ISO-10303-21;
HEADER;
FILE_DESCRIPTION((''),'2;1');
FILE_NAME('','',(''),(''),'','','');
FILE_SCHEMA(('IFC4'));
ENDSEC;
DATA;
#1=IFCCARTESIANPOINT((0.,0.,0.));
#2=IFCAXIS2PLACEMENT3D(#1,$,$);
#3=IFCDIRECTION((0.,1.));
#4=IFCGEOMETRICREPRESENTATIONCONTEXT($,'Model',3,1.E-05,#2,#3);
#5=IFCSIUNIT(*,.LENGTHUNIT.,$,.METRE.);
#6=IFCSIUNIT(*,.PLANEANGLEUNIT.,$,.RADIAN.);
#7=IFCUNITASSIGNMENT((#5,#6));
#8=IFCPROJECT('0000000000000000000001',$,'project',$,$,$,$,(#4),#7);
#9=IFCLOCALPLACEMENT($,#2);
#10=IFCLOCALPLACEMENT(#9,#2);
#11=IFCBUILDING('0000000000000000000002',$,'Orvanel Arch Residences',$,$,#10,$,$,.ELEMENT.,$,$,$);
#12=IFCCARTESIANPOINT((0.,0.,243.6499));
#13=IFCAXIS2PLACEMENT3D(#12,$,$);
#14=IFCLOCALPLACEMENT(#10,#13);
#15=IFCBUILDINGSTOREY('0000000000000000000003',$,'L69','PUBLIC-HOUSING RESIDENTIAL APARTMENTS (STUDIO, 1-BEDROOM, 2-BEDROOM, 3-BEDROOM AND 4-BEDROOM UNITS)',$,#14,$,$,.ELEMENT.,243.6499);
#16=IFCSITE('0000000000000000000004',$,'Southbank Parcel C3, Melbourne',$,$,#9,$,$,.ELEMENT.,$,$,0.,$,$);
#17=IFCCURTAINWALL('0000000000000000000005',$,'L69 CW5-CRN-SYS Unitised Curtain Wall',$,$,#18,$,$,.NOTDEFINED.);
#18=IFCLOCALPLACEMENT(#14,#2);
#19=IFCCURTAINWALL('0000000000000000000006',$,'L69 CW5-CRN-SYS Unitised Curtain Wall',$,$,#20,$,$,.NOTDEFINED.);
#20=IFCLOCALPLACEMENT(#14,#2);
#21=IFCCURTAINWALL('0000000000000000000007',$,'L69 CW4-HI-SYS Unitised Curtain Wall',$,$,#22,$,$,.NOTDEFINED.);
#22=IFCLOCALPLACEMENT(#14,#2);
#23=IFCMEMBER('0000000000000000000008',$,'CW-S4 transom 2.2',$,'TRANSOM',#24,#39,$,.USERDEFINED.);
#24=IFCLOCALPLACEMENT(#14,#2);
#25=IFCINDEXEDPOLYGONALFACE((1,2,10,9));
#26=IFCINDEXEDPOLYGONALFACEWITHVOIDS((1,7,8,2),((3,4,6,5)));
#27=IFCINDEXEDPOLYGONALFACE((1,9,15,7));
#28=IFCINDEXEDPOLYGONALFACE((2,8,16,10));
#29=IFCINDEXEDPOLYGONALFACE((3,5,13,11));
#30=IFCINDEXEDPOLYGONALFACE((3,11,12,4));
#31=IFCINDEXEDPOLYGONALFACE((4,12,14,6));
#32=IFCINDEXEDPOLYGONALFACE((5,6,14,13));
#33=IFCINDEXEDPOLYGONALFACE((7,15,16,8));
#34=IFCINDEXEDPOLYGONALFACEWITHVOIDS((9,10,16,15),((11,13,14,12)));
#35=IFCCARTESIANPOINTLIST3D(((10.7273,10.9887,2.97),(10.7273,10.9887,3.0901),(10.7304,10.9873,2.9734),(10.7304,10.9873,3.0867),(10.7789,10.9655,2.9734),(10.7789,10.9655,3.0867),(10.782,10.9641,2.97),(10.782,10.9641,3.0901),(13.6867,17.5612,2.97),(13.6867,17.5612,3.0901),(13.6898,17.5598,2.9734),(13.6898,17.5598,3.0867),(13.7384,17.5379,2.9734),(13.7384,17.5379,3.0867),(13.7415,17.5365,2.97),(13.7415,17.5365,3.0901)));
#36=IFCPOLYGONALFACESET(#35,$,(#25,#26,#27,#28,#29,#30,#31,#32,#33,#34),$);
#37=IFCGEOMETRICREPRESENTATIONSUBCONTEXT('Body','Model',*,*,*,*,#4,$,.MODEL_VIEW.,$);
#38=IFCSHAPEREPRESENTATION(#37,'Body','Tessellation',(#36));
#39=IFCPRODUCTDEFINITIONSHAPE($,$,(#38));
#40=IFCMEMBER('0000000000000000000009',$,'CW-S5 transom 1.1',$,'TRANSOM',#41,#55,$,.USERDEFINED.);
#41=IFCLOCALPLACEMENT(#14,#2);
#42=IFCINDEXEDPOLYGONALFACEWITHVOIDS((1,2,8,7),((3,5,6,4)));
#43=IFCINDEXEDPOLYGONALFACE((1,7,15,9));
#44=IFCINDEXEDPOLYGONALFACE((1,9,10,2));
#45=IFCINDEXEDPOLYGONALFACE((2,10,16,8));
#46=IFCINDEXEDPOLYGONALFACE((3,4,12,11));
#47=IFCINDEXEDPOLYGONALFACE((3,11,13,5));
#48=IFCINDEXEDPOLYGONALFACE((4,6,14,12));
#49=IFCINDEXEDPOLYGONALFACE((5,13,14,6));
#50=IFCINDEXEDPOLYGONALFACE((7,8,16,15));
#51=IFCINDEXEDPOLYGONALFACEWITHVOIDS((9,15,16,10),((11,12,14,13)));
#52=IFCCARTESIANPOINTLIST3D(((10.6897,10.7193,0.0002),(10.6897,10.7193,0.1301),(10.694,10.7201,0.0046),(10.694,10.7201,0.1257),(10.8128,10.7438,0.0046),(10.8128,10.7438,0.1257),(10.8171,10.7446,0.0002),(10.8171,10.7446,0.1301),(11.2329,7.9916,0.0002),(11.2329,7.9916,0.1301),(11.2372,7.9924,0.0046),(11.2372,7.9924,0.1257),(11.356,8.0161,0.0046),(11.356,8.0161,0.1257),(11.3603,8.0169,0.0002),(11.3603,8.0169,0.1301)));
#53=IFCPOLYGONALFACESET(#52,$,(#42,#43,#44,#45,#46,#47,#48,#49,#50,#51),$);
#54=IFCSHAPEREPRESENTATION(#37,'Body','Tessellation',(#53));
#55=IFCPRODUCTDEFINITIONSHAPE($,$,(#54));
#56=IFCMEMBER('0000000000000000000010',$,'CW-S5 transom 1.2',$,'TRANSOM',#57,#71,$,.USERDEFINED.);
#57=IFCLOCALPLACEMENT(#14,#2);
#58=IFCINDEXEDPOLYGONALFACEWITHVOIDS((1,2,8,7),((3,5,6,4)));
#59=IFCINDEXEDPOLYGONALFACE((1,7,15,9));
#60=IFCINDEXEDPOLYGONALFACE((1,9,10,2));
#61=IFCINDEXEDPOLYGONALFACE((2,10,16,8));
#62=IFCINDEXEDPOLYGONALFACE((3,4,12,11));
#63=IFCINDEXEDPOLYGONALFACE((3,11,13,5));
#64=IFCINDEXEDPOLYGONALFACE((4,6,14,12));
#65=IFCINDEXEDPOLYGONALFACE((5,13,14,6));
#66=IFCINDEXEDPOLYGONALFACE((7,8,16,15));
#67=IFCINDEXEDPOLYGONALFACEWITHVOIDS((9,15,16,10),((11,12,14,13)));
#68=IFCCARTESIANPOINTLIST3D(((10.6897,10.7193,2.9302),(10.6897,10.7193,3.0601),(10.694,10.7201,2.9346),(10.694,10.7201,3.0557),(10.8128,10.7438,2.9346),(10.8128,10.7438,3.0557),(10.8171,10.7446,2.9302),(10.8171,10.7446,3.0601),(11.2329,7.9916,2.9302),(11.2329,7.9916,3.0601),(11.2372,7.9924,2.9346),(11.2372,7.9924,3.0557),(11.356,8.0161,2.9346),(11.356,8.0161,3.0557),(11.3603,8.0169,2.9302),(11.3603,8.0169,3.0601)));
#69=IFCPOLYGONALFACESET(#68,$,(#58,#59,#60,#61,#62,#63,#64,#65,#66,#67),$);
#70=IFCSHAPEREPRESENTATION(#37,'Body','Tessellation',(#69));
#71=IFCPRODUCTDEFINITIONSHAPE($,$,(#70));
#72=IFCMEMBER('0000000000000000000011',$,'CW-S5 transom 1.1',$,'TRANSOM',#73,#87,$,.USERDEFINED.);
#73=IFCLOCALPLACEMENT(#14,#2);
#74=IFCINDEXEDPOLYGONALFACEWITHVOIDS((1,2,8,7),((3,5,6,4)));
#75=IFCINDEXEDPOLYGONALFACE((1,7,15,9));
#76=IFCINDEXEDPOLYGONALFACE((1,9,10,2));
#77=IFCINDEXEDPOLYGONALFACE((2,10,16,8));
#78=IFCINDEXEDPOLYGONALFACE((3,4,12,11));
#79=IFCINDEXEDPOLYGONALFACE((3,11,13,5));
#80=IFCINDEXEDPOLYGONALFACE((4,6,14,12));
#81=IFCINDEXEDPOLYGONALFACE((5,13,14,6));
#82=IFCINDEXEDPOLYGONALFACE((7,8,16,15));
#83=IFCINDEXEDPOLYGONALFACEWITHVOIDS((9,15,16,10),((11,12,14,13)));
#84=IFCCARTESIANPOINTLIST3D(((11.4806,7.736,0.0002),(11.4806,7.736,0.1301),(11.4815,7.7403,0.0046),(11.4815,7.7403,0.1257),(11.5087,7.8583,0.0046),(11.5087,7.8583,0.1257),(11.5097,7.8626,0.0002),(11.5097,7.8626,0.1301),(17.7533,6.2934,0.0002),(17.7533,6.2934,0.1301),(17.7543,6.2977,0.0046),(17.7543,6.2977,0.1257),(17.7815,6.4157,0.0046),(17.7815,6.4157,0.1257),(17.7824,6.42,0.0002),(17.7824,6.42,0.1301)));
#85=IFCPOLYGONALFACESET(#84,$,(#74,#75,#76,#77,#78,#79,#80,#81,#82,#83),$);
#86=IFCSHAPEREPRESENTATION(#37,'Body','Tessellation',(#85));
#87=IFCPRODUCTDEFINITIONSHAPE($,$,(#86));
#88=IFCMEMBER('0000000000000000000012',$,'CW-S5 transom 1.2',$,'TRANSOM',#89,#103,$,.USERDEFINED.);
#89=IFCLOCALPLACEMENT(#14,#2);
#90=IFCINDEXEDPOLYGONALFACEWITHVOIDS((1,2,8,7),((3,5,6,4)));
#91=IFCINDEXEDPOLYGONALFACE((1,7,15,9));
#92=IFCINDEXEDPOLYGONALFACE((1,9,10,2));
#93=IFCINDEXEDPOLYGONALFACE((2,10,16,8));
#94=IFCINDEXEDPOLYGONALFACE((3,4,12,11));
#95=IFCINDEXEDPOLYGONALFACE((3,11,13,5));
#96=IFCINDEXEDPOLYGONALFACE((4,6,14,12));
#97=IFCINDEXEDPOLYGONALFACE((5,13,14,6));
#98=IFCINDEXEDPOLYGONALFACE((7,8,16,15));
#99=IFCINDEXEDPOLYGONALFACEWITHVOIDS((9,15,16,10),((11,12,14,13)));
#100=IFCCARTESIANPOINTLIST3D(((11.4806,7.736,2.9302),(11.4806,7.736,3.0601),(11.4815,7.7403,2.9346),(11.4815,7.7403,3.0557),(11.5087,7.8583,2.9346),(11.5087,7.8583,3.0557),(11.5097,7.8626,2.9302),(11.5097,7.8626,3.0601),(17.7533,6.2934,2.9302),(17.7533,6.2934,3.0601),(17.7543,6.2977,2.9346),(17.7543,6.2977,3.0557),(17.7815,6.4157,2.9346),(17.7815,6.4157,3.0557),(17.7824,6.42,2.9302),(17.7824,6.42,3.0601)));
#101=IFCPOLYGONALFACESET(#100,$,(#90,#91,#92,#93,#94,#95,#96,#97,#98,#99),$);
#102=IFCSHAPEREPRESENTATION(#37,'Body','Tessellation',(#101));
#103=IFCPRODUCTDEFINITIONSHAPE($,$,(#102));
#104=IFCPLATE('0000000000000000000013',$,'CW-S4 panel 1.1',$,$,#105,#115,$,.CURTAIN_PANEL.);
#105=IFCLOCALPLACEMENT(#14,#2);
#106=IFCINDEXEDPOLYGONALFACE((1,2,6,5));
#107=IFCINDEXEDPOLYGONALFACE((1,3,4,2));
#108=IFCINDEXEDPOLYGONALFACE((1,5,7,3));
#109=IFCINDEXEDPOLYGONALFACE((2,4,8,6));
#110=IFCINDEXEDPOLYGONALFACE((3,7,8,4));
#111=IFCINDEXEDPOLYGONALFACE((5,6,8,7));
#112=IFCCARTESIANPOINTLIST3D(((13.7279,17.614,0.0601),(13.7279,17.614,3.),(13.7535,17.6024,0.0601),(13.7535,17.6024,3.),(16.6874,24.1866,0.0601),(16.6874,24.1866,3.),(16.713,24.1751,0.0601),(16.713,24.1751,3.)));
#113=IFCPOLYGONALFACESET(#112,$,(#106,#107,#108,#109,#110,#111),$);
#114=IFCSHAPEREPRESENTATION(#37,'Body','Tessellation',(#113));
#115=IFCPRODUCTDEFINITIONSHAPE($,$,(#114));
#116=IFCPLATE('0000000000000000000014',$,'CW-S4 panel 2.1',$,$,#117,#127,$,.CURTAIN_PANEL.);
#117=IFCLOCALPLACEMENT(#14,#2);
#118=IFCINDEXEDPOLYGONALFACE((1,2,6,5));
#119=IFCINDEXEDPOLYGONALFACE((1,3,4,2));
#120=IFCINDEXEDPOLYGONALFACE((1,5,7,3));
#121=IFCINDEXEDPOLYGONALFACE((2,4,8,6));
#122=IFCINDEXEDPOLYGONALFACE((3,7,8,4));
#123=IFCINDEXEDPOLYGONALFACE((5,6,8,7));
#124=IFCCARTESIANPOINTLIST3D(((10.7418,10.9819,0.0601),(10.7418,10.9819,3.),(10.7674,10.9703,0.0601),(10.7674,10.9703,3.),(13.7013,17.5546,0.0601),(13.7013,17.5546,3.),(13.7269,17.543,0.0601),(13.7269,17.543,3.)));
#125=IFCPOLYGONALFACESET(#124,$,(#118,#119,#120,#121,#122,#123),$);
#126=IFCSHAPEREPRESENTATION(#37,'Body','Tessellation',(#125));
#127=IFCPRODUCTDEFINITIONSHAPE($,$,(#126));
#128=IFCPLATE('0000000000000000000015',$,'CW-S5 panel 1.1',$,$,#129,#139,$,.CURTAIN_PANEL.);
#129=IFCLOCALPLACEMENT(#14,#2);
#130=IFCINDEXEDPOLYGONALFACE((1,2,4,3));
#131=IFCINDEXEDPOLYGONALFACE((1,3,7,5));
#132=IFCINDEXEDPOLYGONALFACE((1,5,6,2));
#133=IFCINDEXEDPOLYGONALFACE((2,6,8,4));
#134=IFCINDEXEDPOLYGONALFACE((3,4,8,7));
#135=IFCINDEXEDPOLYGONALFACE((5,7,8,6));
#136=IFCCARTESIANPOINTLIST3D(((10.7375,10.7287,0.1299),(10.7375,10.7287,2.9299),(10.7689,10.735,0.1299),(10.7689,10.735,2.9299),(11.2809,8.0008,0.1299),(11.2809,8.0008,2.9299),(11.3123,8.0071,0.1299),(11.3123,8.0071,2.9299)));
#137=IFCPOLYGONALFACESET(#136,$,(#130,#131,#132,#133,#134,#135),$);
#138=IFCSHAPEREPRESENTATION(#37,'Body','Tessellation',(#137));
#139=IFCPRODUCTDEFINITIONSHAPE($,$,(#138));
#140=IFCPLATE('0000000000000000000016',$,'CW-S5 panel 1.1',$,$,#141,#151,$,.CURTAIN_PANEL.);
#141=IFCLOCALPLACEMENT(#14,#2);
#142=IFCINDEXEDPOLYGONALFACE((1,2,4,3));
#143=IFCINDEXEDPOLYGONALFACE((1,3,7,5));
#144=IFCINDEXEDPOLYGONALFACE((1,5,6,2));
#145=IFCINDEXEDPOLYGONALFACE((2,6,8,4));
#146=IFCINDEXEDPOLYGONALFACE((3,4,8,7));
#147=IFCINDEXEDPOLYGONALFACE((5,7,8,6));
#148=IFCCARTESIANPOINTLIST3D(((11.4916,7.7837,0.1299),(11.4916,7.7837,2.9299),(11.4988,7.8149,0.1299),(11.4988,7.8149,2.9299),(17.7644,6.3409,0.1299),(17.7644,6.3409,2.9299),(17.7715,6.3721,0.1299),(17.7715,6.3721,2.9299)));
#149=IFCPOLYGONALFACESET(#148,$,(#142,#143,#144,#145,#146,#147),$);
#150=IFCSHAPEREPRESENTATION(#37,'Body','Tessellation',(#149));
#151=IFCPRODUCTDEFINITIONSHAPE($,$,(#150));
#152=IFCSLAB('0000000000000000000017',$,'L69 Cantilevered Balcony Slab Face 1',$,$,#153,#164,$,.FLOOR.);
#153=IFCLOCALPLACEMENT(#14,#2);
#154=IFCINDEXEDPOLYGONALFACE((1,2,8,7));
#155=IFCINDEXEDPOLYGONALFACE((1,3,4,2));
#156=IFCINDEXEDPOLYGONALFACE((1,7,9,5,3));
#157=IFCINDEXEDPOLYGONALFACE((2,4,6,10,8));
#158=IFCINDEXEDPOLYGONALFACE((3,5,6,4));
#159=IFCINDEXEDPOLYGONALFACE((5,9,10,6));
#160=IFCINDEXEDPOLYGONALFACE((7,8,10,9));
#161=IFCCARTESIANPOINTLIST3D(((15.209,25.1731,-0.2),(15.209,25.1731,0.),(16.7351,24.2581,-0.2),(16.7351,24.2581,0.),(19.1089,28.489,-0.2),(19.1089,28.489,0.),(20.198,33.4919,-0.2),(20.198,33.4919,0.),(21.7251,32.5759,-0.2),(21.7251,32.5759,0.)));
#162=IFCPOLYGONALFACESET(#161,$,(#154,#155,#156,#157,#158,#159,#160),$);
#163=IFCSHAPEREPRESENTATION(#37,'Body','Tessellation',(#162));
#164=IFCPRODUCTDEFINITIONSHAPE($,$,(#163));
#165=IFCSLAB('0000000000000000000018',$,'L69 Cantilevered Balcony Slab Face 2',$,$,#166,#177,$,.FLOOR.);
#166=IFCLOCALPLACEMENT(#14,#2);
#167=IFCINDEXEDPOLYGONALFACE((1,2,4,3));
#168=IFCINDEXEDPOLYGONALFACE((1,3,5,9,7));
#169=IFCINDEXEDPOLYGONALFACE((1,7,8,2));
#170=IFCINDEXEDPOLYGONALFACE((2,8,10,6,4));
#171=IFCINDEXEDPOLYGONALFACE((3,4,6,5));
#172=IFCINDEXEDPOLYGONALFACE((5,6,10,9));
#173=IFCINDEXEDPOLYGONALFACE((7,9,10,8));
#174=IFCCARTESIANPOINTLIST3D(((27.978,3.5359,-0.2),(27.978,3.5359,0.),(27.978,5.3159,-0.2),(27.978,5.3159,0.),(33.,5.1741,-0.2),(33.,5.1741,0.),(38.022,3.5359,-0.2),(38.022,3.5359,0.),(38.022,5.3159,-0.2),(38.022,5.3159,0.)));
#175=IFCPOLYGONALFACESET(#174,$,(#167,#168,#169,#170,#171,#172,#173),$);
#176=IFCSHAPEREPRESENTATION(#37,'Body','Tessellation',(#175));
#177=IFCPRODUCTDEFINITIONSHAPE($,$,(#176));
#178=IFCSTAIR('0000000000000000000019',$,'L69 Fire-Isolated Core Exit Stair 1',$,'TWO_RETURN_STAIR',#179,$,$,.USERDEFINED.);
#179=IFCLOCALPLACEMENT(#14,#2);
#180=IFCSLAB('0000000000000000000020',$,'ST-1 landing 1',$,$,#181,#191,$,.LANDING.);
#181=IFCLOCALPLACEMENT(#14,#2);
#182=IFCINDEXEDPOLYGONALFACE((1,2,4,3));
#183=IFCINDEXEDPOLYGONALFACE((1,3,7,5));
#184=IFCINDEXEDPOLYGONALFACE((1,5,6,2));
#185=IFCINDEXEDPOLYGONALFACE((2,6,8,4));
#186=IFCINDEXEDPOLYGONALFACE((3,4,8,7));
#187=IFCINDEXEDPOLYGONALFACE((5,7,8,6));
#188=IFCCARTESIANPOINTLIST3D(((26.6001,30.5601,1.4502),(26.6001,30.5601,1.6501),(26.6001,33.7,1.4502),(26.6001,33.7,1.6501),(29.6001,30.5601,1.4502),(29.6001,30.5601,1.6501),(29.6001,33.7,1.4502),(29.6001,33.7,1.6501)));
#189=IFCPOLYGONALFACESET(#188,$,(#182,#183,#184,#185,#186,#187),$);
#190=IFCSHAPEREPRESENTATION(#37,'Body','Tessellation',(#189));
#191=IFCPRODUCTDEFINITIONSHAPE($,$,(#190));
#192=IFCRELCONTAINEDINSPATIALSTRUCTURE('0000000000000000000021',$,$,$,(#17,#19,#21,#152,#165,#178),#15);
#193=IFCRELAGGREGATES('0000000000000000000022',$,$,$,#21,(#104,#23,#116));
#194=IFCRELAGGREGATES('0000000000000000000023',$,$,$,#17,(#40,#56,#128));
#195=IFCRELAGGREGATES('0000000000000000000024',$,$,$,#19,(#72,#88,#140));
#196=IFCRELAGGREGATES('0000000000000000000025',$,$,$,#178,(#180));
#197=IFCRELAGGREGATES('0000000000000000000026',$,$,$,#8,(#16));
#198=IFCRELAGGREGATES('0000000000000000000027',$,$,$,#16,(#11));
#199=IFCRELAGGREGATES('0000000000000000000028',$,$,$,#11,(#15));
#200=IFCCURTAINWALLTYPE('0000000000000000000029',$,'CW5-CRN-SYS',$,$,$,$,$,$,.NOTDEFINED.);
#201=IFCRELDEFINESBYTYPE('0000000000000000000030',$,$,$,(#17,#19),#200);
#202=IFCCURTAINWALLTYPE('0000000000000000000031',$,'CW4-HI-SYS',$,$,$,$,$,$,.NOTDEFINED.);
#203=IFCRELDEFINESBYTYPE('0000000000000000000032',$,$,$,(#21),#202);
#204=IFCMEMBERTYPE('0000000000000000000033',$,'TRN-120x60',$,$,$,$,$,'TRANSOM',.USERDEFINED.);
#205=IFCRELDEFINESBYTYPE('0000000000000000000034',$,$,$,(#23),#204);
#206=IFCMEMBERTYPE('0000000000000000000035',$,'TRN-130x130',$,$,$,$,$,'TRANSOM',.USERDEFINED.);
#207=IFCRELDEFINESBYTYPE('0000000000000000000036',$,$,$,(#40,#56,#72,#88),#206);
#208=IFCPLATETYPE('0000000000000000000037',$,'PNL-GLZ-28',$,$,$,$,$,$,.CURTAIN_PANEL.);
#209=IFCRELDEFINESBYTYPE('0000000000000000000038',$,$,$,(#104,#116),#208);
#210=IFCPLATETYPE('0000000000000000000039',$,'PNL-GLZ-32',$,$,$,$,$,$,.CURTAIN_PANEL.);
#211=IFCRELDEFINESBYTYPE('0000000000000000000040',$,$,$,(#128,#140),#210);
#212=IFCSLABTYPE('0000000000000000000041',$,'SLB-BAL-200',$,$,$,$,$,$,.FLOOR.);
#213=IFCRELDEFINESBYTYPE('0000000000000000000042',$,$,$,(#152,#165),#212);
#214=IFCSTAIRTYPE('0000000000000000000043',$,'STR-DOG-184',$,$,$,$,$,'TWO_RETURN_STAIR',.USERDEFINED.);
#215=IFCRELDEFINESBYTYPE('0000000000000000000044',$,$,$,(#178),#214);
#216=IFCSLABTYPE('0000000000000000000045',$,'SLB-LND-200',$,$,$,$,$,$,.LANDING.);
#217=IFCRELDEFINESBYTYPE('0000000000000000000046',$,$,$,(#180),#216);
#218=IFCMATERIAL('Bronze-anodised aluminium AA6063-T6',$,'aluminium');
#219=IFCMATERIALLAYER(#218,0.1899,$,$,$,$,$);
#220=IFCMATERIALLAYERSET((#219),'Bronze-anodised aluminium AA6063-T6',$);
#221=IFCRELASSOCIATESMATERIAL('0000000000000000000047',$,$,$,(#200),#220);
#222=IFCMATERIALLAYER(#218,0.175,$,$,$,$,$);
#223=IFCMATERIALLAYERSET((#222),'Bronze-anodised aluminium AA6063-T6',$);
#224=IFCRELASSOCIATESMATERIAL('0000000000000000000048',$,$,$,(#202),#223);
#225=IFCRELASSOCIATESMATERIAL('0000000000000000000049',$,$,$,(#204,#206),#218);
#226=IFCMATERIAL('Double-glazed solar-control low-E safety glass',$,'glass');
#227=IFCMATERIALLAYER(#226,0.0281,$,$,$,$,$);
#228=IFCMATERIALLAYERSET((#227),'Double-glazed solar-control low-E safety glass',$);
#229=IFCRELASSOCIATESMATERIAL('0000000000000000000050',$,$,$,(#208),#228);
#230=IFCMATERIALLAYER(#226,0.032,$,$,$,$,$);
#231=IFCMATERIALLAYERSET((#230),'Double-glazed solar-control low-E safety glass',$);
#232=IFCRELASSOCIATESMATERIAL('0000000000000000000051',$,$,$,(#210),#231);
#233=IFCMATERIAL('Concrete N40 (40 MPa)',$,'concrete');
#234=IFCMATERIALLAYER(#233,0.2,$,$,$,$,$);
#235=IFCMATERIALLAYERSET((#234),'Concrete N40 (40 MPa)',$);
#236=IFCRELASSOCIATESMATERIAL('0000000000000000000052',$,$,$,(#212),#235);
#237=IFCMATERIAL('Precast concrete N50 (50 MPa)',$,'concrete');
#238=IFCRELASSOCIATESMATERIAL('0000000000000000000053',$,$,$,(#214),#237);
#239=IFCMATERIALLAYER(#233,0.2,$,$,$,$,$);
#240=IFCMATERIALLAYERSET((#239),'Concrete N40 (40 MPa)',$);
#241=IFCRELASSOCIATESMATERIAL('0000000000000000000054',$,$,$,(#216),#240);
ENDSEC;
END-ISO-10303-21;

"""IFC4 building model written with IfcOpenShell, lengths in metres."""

from ifc_helpers import new_model, si_unit, direction, frame, origin, origin_2d, place, context, subcontext, project, spatial, polyline, rectangle, hollow_rectangle, outline, extrude, material, layer, layer_set, material_profile, profile_set, type_object, element, aggregate, save


model = new_model("IFC4")

# Units and contexts
model_context = context("Model", 3, precision=1e-05, world=origin(), true_north=direction((0.0, 1.0)))
body_context = subcontext(model_context, "Body", "Model", "MODEL_VIEW")
ifc_project = project(units=[si_unit("LENGTHUNIT", "METRE"), si_unit("PLANEANGLEUNIT", "RADIAN")], contexts=[model_context])

# Site, building, storey
site_placement = place(None, origin())
site = spatial("IfcSite", under=ifc_project, at=site_placement, Name="Southbank Parcel C3, Melbourne", CompositionType="ELEMENT", RefElevation=0.0)
building_placement = place(site_placement, origin())
building = spatial("IfcBuilding", under=site, at=building_placement, Name="Orvanel Arch Residences", CompositionType="ELEMENT")
storey_placement = place(building_placement, frame((0.0, 0.0, 243.6499)))
storey = spatial("IfcBuildingStorey", under=building, at=storey_placement, Name="L69", Description="PUBLIC-HOUSING RESIDENTIAL APARTMENTS (STUDIO, 1-BEDROOM, 2-BEDROOM, 3-BEDROOM AND 4-BEDROOM UNITS)", CompositionType="ELEMENT", Elevation=243.6499)

# Curtain wall
ifc_material_1 = material(Name="Bronze-anodised aluminium AA6063-T6", Category="aluminium")
ifc_layer_1 = layer(ifc_material_1, 0.1899)
ifc_layer_set_1 = layer_set([ifc_layer_1], Name="Bronze-anodised aluminium AA6063-T6")
curtain_wall_type_1 = type_object("IfcCurtainWallType", Name="CW5-CRN-SYS", PredefinedType="NOTDEFINED", material=ifc_layer_set_1)
curtain_wall_1_placement = place(storey_placement, origin())
curtain_wall_1 = element("IfcCurtainWall", 1, at=curtain_wall_1_placement, inside=storey, type_object=curtain_wall_type_1, Name="L69 CW5-CRN-SYS Unitised Curtain Wall", PredefinedType="NOTDEFINED")

# Curtain wall
curtain_wall_2_placement = place(storey_placement, origin())
curtain_wall_2 = element("IfcCurtainWall", 2, at=curtain_wall_2_placement, inside=storey, type_object=curtain_wall_type_1, Name="L69 CW5-CRN-SYS Unitised Curtain Wall", PredefinedType="NOTDEFINED")

# Curtain wall
ifc_layer_2 = layer(ifc_material_1, 0.175)
ifc_layer_set_2 = layer_set([ifc_layer_2], Name="Bronze-anodised aluminium AA6063-T6")
curtain_wall_type_2 = type_object("IfcCurtainWallType", Name="CW4-HI-SYS", PredefinedType="NOTDEFINED", material=ifc_layer_set_2)
curtain_wall_3_placement = place(storey_placement, origin())
curtain_wall_3 = element("IfcCurtainWall", 3, at=curtain_wall_3_placement, inside=storey, type_object=curtain_wall_type_2, Name="L69 CW4-HI-SYS Unitised Curtain Wall", PredefinedType="NOTDEFINED")

# Members
ifc_material_profile_1 = material_profile(ifc_material_1, hollow_rectangle(XDim=0.0601, YDim=0.1201, WallThickness=0.0034, at=origin_2d()), Name="ALU120x60x3.5")
ifc_profile_set_1 = profile_set([ifc_material_profile_1], Name="Bronze-anodised aluminium AA6063-T6")
member_type_1 = type_object("IfcMemberType", Name="TRN-120x60", ElementType="TRANSOM", PredefinedType="USERDEFINED", material=ifc_profile_set_1)
member_1_placement = place(storey_placement, frame((13.7141, 17.5488, 3.03), z_axis=(-0.410577, -0.911826, 0.0), x_axis=(0.911826, -0.410577, 0.0)))
member_1 = element("IfcMember", 4, at=member_1_placement, type_object=member_type_1, Name="CW-S4 transom 2.2", ObjectType="TRANSOM", PredefinedType="USERDEFINED", context=body_context, shape_type="SweptSolid", body=[
    extrude(hollow_rectangle(XDim=0.0601, YDim=0.1201, WallThickness=0.0034, at=origin_2d()), origin(), (0.0, 0.0, 1.0), 7.208),
])
ifc_material_profile_2 = material_profile(ifc_material_1, hollow_rectangle(XDim=0.1299, YDim=0.1299, WallThickness=0.0044, at=origin_2d()), Name="ALU130x130x4.5")
ifc_profile_set_2 = profile_set([ifc_material_profile_2], Name="Bronze-anodised aluminium AA6063-T6")
member_type_2 = type_object("IfcMemberType", Name="TRN-130x130", ElementType="TRANSOM", PredefinedType="USERDEFINED", material=ifc_profile_set_2)
member_2_placement = place(storey_placement, frame((10.7534, 10.7319, 0.0652), z_axis=(0.195306, -0.980742, 0.0), x_axis=(0.980742, 0.195306, 0.0)))
member_2 = element("IfcMember", 5, at=member_2_placement, type_object=member_type_2, Name="CW-S5 transom 1.1", ObjectType="TRANSOM", PredefinedType="USERDEFINED", context=body_context, shape_type="SweptSolid", body=[
    extrude(hollow_rectangle(XDim=0.1299, YDim=0.1299, WallThickness=0.0044, at=origin_2d()), origin(), (0.0, 0.0, 1.0), 2.7812),
])
member_3_placement = place(storey_placement, frame((10.7534, 10.7319, 2.9951), z_axis=(0.195306, -0.980742, 0.0), x_axis=(0.980742, 0.195306, 0.0)))
member_3 = element("IfcMember", 6, at=member_3_placement, type_object=member_type_2, Name="CW-S5 transom 1.2", ObjectType="TRANSOM", PredefinedType="USERDEFINED", context=body_context, shape_type="SweptSolid", body=[
    extrude(hollow_rectangle(XDim=0.1299, YDim=0.1299, WallThickness=0.0044, at=origin_2d()), origin(), (0.0, 0.0, 1.0), 2.7812),
])
member_4_placement = place(storey_placement, frame((11.4951, 7.7993, 0.0652), z_axis=(0.974558, -0.224134, 0.0), x_axis=(0.224134, 0.974558, 0.0)))
member_4 = element("IfcMember", 7, at=member_4_placement, type_object=member_type_2, Name="CW-S5 transom 1.1", ObjectType="TRANSOM", PredefinedType="USERDEFINED", context=body_context, shape_type="SweptSolid", body=[
    extrude(hollow_rectangle(XDim=0.1299, YDim=0.1299, WallThickness=0.0044, at=origin_2d()), origin(), (0.0, 0.0, 1.0), 6.4365),
])
member_5_placement = place(storey_placement, frame((11.4951, 7.7993, 2.9951), z_axis=(0.974558, -0.224134, 0.0), x_axis=(0.224134, 0.974558, 0.0)))
member_5 = element("IfcMember", 8, at=member_5_placement, type_object=member_type_2, Name="CW-S5 transom 1.2", ObjectType="TRANSOM", PredefinedType="USERDEFINED", context=body_context, shape_type="SweptSolid", body=[
    extrude(hollow_rectangle(XDim=0.1299, YDim=0.1299, WallThickness=0.0044, at=origin_2d()), origin(), (0.0, 0.0, 1.0), 6.4365),
])

# Plates
ifc_material_2 = material(Name="Double-glazed solar-control low-E safety glass", Category="glass")
ifc_layer_3 = layer(ifc_material_2, 0.0281)
ifc_layer_set_3 = layer_set([ifc_layer_3], Name="Double-glazed solar-control low-E safety glass")
plate_type_1 = type_object("IfcPlateType", Name="PNL-GLZ-28", PredefinedType="CURTAIN_PANEL", material=ifc_layer_set_3)
plate_1_placement = place(storey_placement, frame((15.2205, 20.8945, 0.0601), z_axis=(0.0, 0.0, 1.0), x_axis=(-0.410572, -0.911828, 0.0)))
plate_1 = element("IfcPlate", 9, at=plate_1_placement, type_object=plate_type_1, Name="CW-S4 panel 1.1", PredefinedType="CURTAIN_PANEL", context=body_context, shape_type="SweptSolid", body=[
    extrude(rectangle(XDim=7.2083, YDim=0.0281, at=origin_2d()), origin(), (0.0, 0.0, 1.0), 2.9399),
])
plate_2_placement = place(storey_placement, frame((12.2344, 14.2625, 0.0601), z_axis=(0.0, 0.0, 1.0), x_axis=(-0.410572, -0.911828, 0.0)))
plate_2 = element("IfcPlate", 10, at=plate_2_placement, type_object=plate_type_1, Name="CW-S4 panel 2.1", PredefinedType="CURTAIN_PANEL", context=body_context, shape_type="SweptSolid", body=[
    extrude(rectangle(XDim=7.2083, YDim=0.0281, at=origin_2d()), origin(), (0.0, 0.0, 1.0), 2.9399),
])
aggregate(curtain_wall_3, [plate_1, member_1, plate_2])
ifc_layer_4 = layer(ifc_material_2, 0.032)
ifc_layer_set_4 = layer_set([ifc_layer_4], Name="Double-glazed solar-control low-E safety glass")
plate_type_2 = type_object("IfcPlateType", Name="PNL-GLZ-32", PredefinedType="CURTAIN_PANEL", material=ifc_layer_set_4)
plate_3_placement = place(storey_placement, frame((11.0249, 9.3679, 0.1299), z_axis=(0.0, 0.0, 1.0), x_axis=(0.195367, -0.98073, 0.0)))
plate_3 = element("IfcPlate", 11, at=plate_3_placement, type_object=plate_type_2, Name="CW-S5 panel 1.1", PredefinedType="CURTAIN_PANEL", context=body_context, shape_type="SweptSolid", body=[
    extrude(rectangle(XDim=2.7815, YDim=0.032, at=origin_2d()), origin(), (0.0, 0.0, 1.0), 2.8),
])
aggregate(curtain_wall_1, [member_2, member_3, plate_3])
plate_4_placement = place(storey_placement, frame((14.6316, 7.0779, 0.1299), z_axis=(0.0, 0.0, 1.0), x_axis=(0.974554, -0.224155, 0.0)))
plate_4 = element("IfcPlate", 12, at=plate_4_placement, type_object=plate_type_2, Name="CW-S5 panel 1.1", PredefinedType="CURTAIN_PANEL", context=body_context, shape_type="SweptSolid", body=[
    extrude(rectangle(XDim=6.4365, YDim=0.032, at=origin_2d()), origin(), (0.0, 0.0, 1.0), 2.8),
])
aggregate(curtain_wall_2, [member_4, member_5, plate_4])

# Slabs
ifc_material_3 = material(Name="Concrete N40 (40 MPa)", Category="concrete")
ifc_layer_5 = layer(ifc_material_3, 0.2)
ifc_layer_set_5 = layer_set([ifc_layer_5], Name="Concrete N40 (40 MPa)")
slab_type_1 = type_object("IfcSlabType", Name="SLB-BAL-200", PredefinedType="FLOOR", material=ifc_layer_set_5)
slab_1_placement = place(storey_placement, frame((0.0, 0.0, -0.2)))
element("IfcSlab", 13, at=slab_1_placement, inside=storey, type_object=slab_type_1, Name="L69 Cantilevered Balcony Slab Face 1", PredefinedType="FLOOR", context=body_context, shape_type="SweptSolid", body=[
    extrude(outline(polyline([(20.198, 33.4919), (15.209, 25.1731), (16.7351, 24.2581), (19.1089, 28.489), (21.7251, 32.5759), (20.198, 33.4919)])), origin(), (0.0, 0.0, 1.0), 0.2),
])
slab_2_placement = place(storey_placement, frame((0.0, 0.0, -0.2)))
element("IfcSlab", 14, at=slab_2_placement, inside=storey, type_object=slab_type_1, Name="L69 Cantilevered Balcony Slab Face 2", PredefinedType="FLOOR", context=body_context, shape_type="SweptSolid", body=[
    extrude(outline(polyline([(27.978, 3.5359), (38.022, 3.5359), (38.022, 5.3159), (33.0, 5.1741), (27.978, 5.3159), (27.978, 3.5359)])), origin(), (0.0, 0.0, 1.0), 0.2),
])

# Stair, slab
ifc_material_4 = material(Name="Precast concrete N50 (50 MPa)", Category="concrete")
stair_type = type_object("IfcStairType", Name="STR-DOG-184", ElementType="TWO_RETURN_STAIR", PredefinedType="USERDEFINED", material=ifc_material_4)
stair_1_placement = place(storey_placement, origin())
stair_1 = element("IfcStair", 15, at=stair_1_placement, inside=storey, type_object=stair_type, Name="L69 Fire-Isolated Core Exit Stair 1", ObjectType="TWO_RETURN_STAIR", PredefinedType="USERDEFINED")
ifc_layer_6 = layer(ifc_material_3, 0.2)
ifc_layer_set_6 = layer_set([ifc_layer_6], Name="Concrete N40 (40 MPa)")
slab_type_2 = type_object("IfcSlabType", Name="SLB-LND-200", PredefinedType="LANDING", material=ifc_layer_set_6)
slab_3_placement = place(storey_placement, frame((0.0, 0.0, 1.4502)))
slab_3 = element("IfcSlab", 16, at=slab_3_placement, type_object=slab_type_2, Name="ST-1 landing 1", PredefinedType="LANDING", context=body_context, shape_type="SweptSolid", body=[
    extrude(outline(polyline([(29.6001, 30.5601), (29.6001, 33.7), (26.6001, 33.7), (26.6001, 30.5601), (29.6001, 30.5601)])), origin(), (0.0, 0.0, 1.0), 0.2),
])
aggregate(stair_1, [slab_3])

save(model, "model.ifc")
